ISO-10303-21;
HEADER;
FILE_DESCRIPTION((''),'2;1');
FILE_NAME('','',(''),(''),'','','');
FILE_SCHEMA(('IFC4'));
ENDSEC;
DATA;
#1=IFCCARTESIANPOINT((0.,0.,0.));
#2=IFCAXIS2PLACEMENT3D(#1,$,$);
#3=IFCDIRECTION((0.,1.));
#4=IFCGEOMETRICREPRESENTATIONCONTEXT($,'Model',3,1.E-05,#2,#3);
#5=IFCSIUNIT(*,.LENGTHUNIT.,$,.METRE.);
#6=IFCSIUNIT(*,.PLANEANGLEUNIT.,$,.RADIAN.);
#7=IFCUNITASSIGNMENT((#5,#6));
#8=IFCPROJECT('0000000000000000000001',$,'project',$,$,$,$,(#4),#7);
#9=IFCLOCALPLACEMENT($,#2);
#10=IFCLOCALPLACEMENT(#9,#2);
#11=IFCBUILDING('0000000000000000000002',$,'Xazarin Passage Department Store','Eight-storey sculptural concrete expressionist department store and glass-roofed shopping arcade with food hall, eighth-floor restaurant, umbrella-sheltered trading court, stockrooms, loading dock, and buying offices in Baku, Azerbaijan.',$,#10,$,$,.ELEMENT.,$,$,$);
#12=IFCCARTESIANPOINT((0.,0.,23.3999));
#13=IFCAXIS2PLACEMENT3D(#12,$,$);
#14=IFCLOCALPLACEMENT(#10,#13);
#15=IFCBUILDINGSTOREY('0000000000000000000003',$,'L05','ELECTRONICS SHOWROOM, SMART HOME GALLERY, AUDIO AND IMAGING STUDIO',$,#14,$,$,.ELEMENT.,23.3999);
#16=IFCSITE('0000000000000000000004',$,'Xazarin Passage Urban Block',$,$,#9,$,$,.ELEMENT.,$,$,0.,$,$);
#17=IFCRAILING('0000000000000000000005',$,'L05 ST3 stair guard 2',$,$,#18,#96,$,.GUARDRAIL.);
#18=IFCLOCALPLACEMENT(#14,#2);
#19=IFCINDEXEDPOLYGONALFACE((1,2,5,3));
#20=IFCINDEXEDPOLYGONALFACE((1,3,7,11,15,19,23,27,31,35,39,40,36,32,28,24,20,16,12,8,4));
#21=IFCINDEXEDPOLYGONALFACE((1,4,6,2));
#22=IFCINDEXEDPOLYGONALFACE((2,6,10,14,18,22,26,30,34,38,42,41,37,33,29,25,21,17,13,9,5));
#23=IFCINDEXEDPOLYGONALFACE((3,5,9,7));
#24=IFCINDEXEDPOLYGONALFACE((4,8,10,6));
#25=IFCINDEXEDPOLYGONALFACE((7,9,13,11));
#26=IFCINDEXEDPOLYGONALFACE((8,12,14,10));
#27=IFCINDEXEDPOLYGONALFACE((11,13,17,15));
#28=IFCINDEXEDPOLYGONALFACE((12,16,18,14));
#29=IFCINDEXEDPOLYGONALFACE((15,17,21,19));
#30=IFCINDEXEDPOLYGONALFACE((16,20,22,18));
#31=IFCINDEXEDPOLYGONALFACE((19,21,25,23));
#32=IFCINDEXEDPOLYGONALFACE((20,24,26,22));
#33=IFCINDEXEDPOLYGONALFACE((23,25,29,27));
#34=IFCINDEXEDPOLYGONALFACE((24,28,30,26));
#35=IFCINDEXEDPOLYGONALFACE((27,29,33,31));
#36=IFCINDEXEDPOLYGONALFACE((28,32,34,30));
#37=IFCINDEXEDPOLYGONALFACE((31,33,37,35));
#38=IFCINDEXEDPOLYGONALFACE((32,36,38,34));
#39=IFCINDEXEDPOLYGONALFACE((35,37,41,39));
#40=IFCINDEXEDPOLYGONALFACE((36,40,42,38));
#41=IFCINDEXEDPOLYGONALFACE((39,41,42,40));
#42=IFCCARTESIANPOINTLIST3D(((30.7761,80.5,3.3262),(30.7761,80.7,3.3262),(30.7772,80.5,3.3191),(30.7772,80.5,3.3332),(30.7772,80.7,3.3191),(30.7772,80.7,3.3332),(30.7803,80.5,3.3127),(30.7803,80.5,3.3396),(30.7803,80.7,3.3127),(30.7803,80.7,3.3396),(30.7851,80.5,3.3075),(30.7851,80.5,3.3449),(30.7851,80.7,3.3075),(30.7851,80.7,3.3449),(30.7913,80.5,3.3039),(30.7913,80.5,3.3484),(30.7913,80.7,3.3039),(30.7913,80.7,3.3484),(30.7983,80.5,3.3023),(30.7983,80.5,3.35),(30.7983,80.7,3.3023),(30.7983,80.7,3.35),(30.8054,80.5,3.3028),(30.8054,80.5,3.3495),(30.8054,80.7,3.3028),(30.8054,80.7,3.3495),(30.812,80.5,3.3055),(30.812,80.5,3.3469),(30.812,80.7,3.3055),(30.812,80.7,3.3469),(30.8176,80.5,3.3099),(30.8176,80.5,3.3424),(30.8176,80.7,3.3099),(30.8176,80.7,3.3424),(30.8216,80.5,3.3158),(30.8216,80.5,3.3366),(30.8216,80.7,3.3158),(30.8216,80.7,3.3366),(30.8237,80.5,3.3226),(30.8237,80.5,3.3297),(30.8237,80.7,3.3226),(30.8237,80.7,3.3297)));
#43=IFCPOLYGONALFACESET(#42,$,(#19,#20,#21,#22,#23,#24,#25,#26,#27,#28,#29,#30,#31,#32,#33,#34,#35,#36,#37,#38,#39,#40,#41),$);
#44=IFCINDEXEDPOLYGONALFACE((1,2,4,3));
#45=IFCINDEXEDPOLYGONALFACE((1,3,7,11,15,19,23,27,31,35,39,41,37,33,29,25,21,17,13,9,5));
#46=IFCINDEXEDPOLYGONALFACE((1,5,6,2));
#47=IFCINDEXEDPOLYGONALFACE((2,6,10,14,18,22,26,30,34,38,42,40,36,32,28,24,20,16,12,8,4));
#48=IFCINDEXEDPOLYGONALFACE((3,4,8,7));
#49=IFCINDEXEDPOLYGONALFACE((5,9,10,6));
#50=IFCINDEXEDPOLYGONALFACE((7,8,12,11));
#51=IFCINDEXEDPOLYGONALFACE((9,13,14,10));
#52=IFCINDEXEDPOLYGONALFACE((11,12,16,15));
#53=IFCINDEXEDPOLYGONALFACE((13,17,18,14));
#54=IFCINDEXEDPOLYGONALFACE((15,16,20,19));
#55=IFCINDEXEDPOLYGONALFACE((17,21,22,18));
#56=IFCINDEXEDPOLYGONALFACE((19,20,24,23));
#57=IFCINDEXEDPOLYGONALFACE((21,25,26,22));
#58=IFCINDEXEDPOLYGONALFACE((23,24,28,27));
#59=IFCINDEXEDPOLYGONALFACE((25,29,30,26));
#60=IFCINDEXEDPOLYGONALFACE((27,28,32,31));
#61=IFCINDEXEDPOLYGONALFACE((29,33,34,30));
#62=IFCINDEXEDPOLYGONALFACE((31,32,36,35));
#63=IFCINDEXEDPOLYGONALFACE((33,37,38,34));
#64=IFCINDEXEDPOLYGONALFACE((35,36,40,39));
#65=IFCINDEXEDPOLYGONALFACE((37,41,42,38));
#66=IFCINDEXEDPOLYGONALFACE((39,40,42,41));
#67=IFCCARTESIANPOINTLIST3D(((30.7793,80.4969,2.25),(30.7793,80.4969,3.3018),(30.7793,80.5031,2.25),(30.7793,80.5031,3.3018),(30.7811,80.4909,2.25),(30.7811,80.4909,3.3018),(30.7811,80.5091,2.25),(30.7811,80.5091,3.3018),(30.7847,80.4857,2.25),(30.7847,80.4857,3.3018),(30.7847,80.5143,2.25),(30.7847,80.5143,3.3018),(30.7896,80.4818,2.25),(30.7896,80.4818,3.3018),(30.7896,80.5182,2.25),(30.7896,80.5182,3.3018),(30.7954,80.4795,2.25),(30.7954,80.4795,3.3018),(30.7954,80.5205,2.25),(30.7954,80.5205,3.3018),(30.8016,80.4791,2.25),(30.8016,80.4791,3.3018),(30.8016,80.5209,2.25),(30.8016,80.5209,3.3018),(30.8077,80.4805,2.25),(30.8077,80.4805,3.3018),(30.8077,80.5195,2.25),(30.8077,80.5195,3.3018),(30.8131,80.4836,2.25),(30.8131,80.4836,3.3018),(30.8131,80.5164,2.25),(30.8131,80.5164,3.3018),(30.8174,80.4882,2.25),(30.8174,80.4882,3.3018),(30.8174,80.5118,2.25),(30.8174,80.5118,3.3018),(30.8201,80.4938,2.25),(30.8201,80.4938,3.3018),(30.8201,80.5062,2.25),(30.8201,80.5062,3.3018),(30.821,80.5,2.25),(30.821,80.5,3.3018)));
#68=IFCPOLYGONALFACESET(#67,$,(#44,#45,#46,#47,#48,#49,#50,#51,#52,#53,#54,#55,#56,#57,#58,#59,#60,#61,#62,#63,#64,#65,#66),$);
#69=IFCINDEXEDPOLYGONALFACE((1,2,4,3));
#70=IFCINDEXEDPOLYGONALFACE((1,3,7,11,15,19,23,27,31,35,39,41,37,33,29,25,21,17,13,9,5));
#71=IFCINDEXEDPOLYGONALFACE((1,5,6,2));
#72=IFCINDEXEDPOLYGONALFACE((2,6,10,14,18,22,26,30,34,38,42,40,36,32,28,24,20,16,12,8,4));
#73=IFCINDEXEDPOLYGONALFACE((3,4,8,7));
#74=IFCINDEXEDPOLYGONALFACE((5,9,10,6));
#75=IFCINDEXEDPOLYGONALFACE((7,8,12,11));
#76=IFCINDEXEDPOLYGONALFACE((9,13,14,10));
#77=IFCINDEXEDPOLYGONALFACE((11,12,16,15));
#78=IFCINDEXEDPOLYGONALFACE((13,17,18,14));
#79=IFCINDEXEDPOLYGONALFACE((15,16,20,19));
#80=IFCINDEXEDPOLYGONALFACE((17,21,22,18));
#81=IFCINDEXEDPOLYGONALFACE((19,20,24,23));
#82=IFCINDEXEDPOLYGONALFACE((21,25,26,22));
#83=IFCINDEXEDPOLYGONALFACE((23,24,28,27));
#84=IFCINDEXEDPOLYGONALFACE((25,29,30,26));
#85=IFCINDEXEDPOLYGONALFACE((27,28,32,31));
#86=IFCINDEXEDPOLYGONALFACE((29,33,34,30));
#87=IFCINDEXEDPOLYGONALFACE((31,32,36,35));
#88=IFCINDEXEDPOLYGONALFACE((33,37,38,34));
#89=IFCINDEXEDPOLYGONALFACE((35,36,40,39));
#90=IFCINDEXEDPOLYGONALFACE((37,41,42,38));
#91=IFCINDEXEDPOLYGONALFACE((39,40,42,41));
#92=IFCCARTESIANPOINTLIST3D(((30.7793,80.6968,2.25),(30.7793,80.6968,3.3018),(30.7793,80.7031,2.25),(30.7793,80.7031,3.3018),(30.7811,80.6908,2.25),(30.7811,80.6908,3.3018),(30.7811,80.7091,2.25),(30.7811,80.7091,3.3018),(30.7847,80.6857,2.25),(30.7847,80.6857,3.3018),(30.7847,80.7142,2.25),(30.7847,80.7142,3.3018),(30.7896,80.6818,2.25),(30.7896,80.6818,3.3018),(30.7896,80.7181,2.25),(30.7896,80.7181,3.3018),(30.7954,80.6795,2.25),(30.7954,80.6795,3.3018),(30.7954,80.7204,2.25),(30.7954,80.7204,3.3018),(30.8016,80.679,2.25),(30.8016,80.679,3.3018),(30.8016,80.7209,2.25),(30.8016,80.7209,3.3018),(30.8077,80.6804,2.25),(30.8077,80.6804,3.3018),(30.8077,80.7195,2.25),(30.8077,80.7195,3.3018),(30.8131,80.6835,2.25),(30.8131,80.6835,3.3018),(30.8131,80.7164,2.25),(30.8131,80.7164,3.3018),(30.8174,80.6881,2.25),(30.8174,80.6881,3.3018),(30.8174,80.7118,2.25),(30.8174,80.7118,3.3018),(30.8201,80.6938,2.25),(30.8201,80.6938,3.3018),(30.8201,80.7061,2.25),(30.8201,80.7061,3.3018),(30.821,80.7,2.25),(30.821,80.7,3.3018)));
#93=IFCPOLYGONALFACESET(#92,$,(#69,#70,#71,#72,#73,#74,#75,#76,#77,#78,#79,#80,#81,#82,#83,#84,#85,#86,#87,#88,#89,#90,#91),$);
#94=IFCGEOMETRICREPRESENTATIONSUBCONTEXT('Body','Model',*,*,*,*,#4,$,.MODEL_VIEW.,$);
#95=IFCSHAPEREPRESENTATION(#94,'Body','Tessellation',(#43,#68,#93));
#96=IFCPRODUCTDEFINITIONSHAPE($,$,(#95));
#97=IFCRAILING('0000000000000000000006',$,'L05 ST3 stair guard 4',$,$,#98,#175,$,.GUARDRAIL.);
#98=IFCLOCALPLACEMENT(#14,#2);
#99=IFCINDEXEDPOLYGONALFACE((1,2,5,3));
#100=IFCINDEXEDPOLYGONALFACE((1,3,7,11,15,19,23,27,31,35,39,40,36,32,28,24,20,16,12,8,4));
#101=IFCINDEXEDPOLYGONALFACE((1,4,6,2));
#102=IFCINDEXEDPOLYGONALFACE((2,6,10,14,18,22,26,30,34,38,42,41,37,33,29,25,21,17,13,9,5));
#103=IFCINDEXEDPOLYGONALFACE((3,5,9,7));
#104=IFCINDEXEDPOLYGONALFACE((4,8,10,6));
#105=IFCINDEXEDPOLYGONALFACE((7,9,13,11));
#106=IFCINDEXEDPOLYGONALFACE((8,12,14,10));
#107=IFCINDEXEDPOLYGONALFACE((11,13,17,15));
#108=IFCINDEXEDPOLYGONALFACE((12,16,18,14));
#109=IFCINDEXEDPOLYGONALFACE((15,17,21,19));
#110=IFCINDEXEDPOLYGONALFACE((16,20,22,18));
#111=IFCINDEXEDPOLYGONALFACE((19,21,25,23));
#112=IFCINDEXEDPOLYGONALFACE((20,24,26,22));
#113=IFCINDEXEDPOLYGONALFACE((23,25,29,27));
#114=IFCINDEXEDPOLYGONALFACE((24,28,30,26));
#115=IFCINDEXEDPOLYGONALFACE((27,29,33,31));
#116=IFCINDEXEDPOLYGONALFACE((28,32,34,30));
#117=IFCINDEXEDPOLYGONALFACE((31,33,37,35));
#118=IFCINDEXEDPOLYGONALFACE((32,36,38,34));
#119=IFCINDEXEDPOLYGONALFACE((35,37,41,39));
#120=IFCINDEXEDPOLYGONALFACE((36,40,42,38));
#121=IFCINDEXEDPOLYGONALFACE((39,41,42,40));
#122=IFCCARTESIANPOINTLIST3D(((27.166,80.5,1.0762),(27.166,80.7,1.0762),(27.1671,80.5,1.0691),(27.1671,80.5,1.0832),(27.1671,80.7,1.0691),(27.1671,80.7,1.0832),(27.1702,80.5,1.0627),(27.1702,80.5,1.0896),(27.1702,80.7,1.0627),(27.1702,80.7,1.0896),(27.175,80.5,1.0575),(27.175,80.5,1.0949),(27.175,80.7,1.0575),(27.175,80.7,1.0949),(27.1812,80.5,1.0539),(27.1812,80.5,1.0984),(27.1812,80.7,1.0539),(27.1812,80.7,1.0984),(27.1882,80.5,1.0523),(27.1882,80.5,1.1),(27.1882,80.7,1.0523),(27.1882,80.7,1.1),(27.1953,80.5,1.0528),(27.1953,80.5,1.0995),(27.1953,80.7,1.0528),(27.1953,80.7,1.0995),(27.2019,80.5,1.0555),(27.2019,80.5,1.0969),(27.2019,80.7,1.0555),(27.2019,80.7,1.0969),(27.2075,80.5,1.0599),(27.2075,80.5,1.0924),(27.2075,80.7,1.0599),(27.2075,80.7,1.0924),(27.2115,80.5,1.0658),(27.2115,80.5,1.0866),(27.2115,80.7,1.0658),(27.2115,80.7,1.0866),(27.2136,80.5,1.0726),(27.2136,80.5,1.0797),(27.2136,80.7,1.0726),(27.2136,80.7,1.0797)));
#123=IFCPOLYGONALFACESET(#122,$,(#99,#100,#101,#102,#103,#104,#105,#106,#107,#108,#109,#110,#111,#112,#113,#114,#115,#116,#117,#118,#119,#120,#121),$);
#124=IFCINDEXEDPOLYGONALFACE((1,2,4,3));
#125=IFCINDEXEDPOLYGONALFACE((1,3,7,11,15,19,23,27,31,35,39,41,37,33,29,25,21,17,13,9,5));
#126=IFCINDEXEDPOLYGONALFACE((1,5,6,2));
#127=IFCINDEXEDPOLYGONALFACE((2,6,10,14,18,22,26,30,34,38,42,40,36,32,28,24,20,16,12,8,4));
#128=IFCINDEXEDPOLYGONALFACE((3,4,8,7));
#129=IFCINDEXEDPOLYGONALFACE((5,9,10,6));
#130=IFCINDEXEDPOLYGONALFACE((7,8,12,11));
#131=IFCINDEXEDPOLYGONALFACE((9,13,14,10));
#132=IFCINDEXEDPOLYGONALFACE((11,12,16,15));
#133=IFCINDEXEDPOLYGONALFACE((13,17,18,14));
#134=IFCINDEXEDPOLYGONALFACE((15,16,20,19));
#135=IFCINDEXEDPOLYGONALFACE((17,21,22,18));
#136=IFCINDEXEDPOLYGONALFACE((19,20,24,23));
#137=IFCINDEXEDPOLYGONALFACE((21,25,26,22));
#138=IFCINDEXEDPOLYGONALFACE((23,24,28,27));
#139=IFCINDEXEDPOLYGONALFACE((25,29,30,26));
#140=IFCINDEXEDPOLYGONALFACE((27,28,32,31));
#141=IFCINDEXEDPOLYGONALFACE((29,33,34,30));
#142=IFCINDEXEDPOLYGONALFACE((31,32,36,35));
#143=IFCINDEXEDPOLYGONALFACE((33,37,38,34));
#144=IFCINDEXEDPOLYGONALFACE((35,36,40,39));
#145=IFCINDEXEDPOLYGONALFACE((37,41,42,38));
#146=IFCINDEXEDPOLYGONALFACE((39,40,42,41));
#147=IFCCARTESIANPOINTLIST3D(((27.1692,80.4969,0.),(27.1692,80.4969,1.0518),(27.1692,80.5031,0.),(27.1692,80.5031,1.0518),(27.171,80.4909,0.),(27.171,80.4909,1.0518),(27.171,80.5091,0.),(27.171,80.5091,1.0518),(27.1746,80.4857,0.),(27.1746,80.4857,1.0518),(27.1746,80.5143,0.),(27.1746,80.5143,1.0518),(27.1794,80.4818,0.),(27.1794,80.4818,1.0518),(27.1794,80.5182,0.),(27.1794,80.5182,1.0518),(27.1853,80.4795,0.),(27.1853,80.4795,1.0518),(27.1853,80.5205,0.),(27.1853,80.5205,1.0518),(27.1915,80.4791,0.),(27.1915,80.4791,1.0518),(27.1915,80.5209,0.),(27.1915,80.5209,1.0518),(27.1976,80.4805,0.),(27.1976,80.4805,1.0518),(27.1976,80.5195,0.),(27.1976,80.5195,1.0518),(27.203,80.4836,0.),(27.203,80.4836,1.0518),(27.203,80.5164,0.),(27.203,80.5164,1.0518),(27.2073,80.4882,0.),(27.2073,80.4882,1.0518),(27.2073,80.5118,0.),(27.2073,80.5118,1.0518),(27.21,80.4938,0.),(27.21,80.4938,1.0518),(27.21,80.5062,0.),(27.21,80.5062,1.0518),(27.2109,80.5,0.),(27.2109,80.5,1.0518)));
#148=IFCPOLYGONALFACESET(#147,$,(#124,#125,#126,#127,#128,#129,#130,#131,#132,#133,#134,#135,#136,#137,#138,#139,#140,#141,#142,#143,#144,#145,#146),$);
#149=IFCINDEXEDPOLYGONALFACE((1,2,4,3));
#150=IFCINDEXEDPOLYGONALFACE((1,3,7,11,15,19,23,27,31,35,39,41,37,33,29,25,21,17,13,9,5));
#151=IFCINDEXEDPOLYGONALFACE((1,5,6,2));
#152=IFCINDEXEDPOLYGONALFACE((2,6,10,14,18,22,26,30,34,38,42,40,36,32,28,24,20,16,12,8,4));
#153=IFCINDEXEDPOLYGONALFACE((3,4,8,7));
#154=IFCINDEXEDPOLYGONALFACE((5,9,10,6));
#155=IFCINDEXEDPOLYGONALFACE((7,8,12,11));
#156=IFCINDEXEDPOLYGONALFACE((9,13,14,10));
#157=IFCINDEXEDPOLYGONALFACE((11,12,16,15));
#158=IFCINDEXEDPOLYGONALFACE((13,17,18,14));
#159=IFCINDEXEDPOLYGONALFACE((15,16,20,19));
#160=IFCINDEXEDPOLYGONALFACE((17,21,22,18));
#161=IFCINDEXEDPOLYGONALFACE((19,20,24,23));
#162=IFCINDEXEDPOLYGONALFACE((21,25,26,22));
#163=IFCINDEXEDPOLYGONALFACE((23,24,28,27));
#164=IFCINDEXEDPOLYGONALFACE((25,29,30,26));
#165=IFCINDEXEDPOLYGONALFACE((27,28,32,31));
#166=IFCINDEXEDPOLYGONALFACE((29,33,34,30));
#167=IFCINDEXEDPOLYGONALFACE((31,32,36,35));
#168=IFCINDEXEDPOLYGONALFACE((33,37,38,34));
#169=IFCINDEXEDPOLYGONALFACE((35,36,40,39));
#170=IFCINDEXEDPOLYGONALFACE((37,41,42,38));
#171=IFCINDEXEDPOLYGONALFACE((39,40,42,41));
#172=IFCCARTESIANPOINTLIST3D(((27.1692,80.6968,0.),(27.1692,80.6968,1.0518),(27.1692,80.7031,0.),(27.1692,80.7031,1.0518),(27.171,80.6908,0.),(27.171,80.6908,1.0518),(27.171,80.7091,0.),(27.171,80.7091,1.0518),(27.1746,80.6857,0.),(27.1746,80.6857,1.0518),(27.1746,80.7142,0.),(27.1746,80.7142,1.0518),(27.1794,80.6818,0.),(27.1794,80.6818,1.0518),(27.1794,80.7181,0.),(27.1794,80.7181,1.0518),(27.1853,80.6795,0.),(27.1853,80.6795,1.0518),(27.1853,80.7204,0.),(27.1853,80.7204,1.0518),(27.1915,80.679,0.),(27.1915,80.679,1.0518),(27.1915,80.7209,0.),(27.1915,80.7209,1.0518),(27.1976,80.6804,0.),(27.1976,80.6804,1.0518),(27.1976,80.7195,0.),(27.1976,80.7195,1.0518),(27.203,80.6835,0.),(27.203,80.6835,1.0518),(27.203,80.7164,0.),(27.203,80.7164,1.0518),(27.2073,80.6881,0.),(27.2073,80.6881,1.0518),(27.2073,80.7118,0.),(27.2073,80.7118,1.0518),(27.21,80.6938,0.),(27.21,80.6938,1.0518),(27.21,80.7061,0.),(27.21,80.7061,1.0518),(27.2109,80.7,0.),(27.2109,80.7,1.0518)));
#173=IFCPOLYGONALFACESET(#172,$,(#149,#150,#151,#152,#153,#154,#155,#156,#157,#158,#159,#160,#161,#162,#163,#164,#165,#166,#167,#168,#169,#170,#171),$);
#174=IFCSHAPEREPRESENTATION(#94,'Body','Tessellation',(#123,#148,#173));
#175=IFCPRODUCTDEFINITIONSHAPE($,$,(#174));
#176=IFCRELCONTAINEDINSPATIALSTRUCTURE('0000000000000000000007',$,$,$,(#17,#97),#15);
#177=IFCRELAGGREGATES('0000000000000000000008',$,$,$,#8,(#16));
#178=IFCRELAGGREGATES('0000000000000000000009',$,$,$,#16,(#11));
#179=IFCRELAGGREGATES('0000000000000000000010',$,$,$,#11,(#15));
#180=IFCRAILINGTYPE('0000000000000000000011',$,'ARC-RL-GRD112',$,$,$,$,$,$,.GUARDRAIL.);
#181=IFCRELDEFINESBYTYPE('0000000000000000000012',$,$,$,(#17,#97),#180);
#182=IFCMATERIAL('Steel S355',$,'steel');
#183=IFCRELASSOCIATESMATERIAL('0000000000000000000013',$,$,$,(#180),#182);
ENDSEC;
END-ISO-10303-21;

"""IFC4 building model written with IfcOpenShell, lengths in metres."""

from ifc_helpers import new_model, si_unit, direction, frame, origin, origin_2d, place, context, subcontext, project, spatial, circle, extrude, material, type_object, element, save


model = new_model("IFC4")

# Units and contexts
model_context = context("Model", 3, precision=1e-05, world=origin(), true_north=direction((0.0, 1.0)))
body_context = subcontext(model_context, "Body", "Model", "MODEL_VIEW")
ifc_project = project(units=[si_unit("LENGTHUNIT", "METRE"), si_unit("PLANEANGLEUNIT", "RADIAN")], contexts=[model_context])

# Site, building, storey
site_placement = place(None, origin())
site = spatial("IfcSite", under=ifc_project, at=site_placement, Name="Xazarin Passage Urban Block", CompositionType="ELEMENT", RefElevation=0.0)
building_placement = place(site_placement, origin())
building = spatial("IfcBuilding", under=site, at=building_placement, Name="Xazarin Passage Department Store", Description="Eight-storey sculptural concrete expressionist department store and glass-roofed shopping arcade with food hall, eighth-floor restaurant, umbrella-sheltered trading court, stockrooms, loading dock, and buying offices in Baku, Azerbaijan.", CompositionType="ELEMENT")
storey_placement = place(building_placement, frame((0.0, 0.0, 23.3999)))
storey = spatial("IfcBuildingStorey", under=building, at=storey_placement, Name="L05", Description="ELECTRONICS SHOWROOM, SMART HOME GALLERY, AUDIO AND IMAGING STUDIO", CompositionType="ELEMENT", Elevation=23.3999)

# Railings
ifc_material_1 = material(Name="Steel S355", Category="steel")
railing_type_1 = type_object("IfcRailingType", Name="ARC-RL-GRD112", PredefinedType="GUARDRAIL", material=ifc_material_1)
for number, where, name in (
    (1, (30.8, 80.5, 2.25), "L05 ST3 stair guard 2"),
    (2, (27.1899, 80.5, 0.0), "L05 ST3 stair guard 4"),
):
    element("IfcRailing", number, at=place(storey_placement, frame(where)), inside=storey, type_object=railing_type_1, Name=name, PredefinedType="GUARDRAIL", context=body_context, shape_type="SweptSolid", body=[
        extrude(circle(Radius=0.0239, at=origin_2d()), frame((0.0, 0.0, 1.0762), z_axis=(0.0, 1.0, 0.0), x_axis=(-1.0, 0.0, 0.0)), (0.0, 0.0, 1.0), 0.2),
        extrude(circle(Radius=0.021, at=origin_2d()), origin(), (0.0, 0.0, 1.0), 1.0518),
        extrude(circle(Radius=0.021, at=origin_2d()), frame((0.0, 0.2, 0.0)), (0.0, 0.0, 1.0), 1.0518),
    ])

save(model, "model.ifc")
